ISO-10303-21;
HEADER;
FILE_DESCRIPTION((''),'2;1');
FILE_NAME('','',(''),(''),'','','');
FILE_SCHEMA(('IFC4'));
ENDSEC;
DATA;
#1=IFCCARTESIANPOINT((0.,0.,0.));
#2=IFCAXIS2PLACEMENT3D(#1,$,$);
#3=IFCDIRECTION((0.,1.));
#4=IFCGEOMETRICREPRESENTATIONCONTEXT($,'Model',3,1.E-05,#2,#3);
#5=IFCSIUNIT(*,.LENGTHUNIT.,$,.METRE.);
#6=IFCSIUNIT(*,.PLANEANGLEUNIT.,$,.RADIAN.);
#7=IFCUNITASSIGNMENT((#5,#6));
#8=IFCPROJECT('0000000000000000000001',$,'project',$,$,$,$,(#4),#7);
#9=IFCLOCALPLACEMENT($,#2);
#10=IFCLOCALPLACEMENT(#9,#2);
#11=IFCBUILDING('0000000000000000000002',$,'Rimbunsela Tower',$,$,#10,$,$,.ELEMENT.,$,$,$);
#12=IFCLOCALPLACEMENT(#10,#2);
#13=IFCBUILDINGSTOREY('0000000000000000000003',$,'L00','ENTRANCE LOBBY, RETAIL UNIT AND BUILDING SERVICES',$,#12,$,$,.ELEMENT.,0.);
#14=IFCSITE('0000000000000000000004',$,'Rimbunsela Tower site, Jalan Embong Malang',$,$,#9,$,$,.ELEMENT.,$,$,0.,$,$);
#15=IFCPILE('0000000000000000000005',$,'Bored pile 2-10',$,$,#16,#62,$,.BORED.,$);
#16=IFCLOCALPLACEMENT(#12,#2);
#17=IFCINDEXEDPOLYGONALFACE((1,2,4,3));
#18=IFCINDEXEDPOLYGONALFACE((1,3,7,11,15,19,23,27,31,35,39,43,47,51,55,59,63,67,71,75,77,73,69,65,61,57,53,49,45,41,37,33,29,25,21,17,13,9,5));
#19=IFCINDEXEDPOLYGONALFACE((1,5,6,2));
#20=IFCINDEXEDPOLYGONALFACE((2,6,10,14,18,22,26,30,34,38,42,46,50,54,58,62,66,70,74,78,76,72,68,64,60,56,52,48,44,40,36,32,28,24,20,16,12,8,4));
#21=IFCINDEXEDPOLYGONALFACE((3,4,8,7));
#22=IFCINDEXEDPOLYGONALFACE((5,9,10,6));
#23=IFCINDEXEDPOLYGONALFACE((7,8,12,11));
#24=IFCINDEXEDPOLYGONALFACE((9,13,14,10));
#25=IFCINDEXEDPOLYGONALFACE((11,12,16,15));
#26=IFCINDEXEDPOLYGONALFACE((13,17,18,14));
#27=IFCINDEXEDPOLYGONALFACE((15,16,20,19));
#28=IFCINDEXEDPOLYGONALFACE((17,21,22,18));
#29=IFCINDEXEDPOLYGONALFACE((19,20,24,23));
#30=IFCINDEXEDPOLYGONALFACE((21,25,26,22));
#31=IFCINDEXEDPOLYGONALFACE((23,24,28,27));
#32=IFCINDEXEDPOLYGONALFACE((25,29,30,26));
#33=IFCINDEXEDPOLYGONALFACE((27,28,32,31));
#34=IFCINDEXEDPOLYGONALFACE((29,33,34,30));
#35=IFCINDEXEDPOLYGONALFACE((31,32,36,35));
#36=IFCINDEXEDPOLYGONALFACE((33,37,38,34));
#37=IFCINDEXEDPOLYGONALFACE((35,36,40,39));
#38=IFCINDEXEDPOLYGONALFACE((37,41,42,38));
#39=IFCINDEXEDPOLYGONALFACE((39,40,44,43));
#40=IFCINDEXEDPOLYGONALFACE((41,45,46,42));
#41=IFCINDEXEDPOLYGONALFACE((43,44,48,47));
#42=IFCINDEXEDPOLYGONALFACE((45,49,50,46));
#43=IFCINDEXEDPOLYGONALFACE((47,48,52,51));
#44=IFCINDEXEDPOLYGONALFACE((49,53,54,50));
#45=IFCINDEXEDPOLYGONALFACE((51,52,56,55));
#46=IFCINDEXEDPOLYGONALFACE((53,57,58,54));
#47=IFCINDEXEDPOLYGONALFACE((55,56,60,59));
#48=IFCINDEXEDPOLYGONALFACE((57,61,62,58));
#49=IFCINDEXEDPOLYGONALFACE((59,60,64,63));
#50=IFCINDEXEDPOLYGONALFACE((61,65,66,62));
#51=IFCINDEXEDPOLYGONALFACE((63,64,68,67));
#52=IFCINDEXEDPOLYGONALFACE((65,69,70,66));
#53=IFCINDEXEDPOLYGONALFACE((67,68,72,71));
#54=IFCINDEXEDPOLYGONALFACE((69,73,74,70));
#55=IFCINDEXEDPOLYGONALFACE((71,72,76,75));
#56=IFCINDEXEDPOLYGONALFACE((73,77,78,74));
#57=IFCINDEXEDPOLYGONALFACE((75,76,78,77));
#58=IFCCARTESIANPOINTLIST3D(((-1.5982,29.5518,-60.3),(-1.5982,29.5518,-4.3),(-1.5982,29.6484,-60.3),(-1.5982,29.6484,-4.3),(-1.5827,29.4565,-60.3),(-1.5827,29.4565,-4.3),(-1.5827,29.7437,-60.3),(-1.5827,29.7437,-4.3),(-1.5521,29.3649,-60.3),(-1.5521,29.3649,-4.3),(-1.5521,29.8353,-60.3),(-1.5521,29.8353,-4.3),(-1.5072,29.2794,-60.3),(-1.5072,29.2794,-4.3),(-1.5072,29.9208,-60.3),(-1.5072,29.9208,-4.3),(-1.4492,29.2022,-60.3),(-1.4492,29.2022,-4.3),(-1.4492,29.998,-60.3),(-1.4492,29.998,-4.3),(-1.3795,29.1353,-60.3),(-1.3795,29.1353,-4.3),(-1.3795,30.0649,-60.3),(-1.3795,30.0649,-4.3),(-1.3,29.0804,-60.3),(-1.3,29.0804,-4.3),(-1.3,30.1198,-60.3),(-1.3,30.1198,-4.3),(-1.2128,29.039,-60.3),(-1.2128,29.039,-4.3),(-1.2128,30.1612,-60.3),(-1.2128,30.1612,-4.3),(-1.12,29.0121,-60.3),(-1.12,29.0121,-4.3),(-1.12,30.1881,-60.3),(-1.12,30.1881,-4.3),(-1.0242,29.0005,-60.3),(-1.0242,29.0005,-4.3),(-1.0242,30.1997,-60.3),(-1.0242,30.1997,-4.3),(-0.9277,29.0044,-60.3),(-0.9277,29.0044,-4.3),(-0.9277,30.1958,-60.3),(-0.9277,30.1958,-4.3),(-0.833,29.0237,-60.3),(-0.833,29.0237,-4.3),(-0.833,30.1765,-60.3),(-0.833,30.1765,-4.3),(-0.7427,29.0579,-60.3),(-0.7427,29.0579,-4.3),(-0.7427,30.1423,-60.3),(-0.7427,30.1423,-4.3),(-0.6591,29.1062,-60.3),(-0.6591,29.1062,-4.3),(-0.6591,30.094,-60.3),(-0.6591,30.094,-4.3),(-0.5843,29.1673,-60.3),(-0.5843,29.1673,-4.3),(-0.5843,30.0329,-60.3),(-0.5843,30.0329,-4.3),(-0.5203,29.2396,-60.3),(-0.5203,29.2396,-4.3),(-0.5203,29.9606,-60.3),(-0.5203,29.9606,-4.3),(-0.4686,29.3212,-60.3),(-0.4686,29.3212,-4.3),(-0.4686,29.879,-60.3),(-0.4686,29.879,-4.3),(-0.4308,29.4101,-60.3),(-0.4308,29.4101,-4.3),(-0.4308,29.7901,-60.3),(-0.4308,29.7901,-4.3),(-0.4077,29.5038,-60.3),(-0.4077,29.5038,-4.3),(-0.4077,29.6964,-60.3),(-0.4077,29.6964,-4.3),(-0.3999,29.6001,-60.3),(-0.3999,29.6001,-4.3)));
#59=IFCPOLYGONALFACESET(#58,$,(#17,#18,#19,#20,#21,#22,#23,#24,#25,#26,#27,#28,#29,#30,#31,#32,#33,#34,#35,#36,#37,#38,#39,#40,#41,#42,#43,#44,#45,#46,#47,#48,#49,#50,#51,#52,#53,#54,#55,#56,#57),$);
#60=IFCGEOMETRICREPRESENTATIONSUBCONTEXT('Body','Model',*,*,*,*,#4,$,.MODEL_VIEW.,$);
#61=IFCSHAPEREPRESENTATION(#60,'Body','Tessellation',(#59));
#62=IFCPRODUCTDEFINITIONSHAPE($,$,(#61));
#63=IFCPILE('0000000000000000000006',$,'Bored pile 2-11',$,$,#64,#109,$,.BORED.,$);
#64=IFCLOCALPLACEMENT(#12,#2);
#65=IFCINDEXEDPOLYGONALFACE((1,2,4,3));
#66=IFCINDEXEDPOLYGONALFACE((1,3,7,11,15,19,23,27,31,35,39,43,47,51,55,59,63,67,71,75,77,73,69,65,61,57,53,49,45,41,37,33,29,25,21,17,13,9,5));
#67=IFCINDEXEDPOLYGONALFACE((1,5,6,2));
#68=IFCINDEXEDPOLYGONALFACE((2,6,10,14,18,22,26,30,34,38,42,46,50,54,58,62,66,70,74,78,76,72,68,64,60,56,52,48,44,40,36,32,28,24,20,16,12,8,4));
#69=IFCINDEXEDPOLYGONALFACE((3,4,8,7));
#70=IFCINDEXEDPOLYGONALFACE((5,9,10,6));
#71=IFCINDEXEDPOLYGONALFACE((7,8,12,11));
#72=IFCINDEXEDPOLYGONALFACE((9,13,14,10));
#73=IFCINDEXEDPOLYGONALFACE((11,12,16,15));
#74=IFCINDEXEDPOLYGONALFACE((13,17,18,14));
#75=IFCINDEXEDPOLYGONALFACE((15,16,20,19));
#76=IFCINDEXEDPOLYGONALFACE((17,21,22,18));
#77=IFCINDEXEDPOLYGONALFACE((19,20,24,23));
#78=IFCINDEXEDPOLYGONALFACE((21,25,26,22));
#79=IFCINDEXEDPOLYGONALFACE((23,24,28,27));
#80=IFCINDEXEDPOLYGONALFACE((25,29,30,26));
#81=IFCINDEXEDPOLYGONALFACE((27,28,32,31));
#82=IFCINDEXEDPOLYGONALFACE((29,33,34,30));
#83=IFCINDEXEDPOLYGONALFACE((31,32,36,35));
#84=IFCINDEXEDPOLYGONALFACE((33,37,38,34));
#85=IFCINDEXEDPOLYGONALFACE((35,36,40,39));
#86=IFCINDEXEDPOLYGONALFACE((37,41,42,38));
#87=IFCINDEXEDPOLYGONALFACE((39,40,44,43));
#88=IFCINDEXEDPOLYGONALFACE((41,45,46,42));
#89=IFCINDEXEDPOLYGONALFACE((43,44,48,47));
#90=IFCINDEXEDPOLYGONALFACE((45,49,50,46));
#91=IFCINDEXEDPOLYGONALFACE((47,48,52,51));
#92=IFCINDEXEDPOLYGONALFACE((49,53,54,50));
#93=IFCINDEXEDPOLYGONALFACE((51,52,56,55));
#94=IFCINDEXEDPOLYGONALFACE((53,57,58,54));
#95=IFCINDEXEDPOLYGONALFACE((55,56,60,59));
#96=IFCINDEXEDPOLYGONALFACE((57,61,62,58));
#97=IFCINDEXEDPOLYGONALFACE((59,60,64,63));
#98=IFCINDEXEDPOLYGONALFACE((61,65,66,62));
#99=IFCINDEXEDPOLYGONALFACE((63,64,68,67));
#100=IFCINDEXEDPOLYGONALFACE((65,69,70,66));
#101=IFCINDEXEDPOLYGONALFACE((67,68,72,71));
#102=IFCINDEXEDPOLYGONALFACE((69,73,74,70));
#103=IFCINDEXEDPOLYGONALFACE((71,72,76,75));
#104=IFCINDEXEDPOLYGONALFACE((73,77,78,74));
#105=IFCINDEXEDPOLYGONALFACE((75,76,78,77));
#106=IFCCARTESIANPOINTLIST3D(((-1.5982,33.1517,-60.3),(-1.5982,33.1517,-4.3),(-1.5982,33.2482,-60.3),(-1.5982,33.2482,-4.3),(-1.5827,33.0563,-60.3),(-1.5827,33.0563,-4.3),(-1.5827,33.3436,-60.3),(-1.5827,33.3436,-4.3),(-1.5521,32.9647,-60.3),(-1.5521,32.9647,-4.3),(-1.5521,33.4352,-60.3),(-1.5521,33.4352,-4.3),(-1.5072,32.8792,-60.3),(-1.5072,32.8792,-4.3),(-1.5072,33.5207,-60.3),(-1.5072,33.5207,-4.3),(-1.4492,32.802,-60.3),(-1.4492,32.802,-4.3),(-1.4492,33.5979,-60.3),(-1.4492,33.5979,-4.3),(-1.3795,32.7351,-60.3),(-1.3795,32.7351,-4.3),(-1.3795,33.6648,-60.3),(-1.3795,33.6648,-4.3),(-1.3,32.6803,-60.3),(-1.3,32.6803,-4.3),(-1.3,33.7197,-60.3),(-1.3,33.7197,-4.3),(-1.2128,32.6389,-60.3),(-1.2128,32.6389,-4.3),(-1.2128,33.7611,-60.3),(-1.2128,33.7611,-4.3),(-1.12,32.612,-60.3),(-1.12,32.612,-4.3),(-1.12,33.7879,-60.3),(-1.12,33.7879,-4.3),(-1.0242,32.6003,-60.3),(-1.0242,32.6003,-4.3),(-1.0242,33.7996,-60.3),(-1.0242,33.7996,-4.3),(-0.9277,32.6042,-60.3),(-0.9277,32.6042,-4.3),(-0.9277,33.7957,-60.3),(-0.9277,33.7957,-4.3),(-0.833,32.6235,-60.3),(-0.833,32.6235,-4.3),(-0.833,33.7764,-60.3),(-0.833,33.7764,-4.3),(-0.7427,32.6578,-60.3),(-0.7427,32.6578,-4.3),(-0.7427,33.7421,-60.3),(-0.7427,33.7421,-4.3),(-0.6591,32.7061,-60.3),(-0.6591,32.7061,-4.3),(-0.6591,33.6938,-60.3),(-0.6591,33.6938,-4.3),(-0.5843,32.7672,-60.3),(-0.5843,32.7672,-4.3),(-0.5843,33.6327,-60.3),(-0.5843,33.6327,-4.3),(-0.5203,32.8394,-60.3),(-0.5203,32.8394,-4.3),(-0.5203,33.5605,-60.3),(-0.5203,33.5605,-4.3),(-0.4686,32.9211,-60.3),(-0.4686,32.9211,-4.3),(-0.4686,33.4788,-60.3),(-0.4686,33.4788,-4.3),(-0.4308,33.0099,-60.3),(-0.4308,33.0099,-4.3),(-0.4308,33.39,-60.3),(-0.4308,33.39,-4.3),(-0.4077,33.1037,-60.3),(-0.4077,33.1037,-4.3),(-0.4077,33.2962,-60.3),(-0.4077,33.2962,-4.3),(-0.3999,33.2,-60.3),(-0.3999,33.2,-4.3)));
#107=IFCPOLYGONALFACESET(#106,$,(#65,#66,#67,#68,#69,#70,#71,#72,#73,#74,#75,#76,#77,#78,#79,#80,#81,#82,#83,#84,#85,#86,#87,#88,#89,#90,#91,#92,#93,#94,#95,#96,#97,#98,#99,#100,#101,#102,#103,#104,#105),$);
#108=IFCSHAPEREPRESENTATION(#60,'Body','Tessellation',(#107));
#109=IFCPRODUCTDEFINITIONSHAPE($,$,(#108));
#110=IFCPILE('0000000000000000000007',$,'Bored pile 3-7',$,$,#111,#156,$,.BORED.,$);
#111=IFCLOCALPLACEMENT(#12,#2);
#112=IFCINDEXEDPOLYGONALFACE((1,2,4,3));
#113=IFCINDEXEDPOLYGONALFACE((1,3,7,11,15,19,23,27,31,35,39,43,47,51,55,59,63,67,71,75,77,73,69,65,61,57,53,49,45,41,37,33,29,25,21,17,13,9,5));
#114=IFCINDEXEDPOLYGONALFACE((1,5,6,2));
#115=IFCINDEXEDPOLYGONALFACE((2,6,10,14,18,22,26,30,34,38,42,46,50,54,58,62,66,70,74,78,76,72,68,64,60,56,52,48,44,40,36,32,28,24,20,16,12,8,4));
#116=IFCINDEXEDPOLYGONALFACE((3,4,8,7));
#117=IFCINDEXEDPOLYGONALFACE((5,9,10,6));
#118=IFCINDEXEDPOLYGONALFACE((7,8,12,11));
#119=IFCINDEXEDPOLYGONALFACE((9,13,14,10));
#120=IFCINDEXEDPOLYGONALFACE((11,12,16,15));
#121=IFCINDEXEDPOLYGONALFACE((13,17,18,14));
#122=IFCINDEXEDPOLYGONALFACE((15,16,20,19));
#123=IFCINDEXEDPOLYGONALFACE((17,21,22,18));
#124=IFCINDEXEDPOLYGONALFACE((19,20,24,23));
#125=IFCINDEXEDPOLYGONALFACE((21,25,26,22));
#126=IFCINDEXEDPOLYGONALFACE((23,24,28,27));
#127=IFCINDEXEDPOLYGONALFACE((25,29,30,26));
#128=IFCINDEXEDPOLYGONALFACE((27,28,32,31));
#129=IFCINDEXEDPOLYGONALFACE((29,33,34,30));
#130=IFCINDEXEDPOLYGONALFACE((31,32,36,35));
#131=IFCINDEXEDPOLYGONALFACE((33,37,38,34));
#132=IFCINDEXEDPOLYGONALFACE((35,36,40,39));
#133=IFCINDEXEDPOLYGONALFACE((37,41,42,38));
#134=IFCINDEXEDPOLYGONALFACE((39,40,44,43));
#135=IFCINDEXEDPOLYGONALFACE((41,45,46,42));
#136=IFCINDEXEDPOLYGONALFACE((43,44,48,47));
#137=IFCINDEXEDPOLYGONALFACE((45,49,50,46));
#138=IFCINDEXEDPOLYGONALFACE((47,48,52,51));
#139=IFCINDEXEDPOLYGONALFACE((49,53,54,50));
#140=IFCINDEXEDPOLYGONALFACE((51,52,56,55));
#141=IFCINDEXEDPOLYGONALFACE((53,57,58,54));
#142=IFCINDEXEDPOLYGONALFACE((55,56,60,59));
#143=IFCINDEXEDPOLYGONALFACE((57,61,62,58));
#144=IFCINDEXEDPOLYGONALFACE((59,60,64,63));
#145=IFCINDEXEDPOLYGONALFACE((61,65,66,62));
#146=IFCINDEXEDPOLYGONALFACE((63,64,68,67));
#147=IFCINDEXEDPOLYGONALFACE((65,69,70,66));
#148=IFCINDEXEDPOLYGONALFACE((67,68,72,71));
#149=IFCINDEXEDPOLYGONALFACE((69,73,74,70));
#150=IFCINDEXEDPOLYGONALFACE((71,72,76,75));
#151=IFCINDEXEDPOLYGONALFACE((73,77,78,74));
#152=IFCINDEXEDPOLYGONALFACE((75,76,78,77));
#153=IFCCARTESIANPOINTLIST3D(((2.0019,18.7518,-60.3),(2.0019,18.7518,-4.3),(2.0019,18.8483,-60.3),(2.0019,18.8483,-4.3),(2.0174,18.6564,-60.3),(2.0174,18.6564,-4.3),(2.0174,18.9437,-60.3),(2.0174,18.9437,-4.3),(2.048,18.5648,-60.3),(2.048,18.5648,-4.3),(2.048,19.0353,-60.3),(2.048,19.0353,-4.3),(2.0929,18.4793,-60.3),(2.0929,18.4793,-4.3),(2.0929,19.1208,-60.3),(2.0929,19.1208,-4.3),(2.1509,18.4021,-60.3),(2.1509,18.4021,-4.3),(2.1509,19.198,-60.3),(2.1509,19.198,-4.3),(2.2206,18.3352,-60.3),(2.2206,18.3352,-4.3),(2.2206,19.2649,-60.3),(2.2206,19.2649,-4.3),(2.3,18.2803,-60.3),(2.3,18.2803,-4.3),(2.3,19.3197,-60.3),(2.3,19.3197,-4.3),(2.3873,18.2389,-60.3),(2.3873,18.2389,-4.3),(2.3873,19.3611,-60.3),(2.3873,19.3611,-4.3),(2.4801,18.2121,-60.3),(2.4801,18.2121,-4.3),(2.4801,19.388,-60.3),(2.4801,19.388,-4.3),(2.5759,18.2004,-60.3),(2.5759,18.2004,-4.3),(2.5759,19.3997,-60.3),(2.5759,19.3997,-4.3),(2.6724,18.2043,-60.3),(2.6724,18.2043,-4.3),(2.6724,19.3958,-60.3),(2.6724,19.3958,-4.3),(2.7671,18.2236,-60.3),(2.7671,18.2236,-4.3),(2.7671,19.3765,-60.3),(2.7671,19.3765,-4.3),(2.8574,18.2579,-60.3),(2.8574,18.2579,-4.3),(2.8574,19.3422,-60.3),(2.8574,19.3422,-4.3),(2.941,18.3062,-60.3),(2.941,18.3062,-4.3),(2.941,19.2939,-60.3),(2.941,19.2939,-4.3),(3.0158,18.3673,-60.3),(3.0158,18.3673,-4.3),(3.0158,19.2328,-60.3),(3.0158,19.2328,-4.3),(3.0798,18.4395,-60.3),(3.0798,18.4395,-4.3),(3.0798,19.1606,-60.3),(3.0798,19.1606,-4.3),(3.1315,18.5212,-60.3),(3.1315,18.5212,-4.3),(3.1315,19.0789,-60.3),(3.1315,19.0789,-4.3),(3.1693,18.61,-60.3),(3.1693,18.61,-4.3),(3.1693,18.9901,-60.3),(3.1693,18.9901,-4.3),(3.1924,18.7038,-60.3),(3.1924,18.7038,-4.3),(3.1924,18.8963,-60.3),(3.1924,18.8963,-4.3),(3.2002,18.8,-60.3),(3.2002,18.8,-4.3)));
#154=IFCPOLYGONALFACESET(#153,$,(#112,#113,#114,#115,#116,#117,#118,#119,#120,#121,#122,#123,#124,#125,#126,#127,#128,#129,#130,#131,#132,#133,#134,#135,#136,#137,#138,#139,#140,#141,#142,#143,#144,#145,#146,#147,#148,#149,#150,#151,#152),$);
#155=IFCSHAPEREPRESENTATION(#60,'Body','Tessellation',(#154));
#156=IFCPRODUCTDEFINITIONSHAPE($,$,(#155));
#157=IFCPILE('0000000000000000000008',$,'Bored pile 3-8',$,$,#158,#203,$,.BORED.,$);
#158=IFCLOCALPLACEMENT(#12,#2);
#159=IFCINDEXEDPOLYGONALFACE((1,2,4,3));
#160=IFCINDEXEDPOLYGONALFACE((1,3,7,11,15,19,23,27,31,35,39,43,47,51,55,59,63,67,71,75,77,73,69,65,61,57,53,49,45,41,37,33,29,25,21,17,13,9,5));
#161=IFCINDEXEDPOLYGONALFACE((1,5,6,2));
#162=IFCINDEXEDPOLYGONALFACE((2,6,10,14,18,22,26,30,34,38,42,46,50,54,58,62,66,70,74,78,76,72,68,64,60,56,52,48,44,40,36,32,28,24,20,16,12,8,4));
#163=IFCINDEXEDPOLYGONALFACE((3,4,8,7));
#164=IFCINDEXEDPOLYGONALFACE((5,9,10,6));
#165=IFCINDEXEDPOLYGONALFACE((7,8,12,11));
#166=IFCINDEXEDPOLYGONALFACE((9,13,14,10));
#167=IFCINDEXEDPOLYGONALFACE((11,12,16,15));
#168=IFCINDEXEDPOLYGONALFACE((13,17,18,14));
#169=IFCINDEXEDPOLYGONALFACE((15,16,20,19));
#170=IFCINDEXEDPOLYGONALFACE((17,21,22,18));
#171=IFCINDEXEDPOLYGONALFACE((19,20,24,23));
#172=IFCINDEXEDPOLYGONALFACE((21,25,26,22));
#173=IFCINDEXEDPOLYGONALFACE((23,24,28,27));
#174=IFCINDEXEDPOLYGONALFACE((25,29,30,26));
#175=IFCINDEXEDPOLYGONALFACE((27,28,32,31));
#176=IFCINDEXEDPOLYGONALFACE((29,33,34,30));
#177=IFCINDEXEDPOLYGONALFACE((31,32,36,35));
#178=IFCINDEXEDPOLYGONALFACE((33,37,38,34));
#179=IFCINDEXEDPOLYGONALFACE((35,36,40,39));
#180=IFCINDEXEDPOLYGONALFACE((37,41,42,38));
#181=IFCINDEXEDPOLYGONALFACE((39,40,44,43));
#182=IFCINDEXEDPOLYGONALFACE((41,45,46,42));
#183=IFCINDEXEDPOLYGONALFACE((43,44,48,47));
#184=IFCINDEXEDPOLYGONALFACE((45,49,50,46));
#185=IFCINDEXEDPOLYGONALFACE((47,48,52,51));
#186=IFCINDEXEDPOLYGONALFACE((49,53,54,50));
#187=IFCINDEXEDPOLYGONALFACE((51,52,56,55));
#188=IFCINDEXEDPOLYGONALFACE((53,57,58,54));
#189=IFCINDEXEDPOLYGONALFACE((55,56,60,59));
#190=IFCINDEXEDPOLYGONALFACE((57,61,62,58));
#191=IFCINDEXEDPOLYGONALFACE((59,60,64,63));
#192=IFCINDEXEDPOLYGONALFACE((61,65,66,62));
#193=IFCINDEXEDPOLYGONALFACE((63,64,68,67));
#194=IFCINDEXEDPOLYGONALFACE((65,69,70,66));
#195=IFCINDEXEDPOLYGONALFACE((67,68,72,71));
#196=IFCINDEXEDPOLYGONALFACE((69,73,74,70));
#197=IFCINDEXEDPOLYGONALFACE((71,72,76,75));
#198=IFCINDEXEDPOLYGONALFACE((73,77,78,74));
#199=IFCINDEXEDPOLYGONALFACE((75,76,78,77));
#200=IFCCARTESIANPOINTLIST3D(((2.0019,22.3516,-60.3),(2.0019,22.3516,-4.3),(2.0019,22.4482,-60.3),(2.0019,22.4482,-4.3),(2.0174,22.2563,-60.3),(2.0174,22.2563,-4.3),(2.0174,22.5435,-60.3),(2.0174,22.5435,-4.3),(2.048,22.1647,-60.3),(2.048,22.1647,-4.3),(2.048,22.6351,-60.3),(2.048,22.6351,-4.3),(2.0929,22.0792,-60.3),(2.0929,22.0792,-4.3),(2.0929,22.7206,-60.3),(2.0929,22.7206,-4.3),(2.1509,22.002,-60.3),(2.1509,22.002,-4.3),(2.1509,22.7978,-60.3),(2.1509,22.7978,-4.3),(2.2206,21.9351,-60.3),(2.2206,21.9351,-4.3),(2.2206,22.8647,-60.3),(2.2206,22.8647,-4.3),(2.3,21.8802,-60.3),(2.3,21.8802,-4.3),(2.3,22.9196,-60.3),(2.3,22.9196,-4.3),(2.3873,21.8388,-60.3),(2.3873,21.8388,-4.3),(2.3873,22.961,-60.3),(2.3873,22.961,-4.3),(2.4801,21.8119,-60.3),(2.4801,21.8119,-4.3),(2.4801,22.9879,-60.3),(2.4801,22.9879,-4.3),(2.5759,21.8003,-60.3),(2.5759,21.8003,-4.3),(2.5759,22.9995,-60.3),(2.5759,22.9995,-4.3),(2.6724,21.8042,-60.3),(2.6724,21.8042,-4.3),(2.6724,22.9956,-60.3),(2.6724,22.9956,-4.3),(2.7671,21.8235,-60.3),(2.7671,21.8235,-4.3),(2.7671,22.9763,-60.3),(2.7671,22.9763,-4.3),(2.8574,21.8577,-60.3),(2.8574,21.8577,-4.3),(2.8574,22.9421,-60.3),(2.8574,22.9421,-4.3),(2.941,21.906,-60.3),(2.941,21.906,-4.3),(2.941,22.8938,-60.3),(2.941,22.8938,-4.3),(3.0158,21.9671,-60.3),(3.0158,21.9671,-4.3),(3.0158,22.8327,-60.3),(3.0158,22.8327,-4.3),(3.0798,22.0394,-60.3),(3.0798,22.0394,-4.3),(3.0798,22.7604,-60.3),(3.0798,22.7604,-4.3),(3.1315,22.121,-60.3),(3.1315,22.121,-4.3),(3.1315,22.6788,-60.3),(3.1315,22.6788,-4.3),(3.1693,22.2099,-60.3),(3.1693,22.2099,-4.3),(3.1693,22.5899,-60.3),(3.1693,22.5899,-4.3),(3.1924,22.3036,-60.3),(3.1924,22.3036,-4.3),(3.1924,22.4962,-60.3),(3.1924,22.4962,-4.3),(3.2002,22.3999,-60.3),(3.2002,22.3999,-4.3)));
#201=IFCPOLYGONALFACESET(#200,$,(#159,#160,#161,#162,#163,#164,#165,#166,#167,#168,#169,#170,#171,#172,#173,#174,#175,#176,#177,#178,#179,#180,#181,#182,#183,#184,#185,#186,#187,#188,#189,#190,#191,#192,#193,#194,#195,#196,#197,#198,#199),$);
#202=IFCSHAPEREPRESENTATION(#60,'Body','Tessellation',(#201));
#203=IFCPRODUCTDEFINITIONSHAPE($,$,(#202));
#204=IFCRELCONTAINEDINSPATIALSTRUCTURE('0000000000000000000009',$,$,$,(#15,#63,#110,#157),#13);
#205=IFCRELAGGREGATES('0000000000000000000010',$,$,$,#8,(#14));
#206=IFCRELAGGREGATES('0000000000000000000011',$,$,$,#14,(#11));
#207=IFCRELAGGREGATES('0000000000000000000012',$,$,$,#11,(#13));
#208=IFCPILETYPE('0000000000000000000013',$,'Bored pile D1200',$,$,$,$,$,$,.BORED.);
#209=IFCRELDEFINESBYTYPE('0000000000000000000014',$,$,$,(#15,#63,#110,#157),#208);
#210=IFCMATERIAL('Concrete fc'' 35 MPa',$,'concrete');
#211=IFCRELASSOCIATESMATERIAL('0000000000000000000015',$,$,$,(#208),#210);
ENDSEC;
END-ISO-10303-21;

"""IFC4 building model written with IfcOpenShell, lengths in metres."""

from ifc_helpers import new_model, si_unit, direction, frame, origin, origin_2d, place, context, subcontext, project, spatial, circle, extrude, material, material_profile, profile_set, type_object, element, save


model = new_model("IFC4")

# Units and contexts
model_context = context("Model", 3, precision=1e-05, world=origin(), true_north=direction((0.0, 1.0)))
body_context = subcontext(model_context, "Body", "Model", "MODEL_VIEW")
ifc_project = project(units=[si_unit("LENGTHUNIT", "METRE"), si_unit("PLANEANGLEUNIT", "RADIAN")], contexts=[model_context])

# Site, building, storey
site_placement = place(None, origin())
site = spatial("IfcSite", under=ifc_project, at=site_placement, Name="Rimbunsela Tower site, Jalan Embong Malang", CompositionType="ELEMENT", RefElevation=0.0)
building_placement = place(site_placement, origin())
building = spatial("IfcBuilding", under=site, at=building_placement, Name="Rimbunsela Tower", CompositionType="ELEMENT")
storey_placement = place(building_placement, origin())
storey = spatial("IfcBuildingStorey", under=building, at=storey_placement, Name="L00", Description="ENTRANCE LOBBY, RETAIL UNIT AND BUILDING SERVICES", CompositionType="ELEMENT", Elevation=0.0)

# Piles
ifc_material_1 = material(Name="Concrete fc' 35 MPa", Category="concrete")
ifc_material_profile_1 = material_profile(ifc_material_1, circle(Radius=0.6001, at=origin_2d()), Name="BP D1200")
ifc_profile_set_1 = profile_set([ifc_material_profile_1], Name="Concrete fc' 35 MPa")
pile_type = type_object("IfcPileType", Name="Bored pile D1200", PredefinedType="BORED", material=ifc_profile_set_1)
for number, where, z_axis, x_axis, name in (
    (1, (-1.0, 29.6001, -4.3), (0.0, 0.0, -1.0), (1.0, 0.0, 0.0), "Bored pile 2-10"),
    (2, (-1.0, 33.2, -4.3), (0.0, 0.0, -1.0), (1.0, 0.0, 0.0), "Bored pile 2-11"),
    (3, (2.6001, 18.8, -4.3), (0.0, 0.0, -1.0), (1.0, 0.0, 0.0), "Bored pile 3-7"),
    (4, (2.6001, 22.3999, -4.3), (0.0, 0.0, -1.0), (1.0, 0.0, 0.0), "Bored pile 3-8"),
):
    element("IfcPile", number, at=place(storey_placement, frame(where, z_axis=z_axis, x_axis=x_axis)), inside=storey, type_object=pile_type, Name=name, PredefinedType="BORED", context=body_context, shape_type="SweptSolid", body=[
        extrude(circle(Radius=0.6001, at=origin_2d()), origin(), (0.0, 0.0, 1.0), 56.0),
    ])

save(model, "model.ifc")
